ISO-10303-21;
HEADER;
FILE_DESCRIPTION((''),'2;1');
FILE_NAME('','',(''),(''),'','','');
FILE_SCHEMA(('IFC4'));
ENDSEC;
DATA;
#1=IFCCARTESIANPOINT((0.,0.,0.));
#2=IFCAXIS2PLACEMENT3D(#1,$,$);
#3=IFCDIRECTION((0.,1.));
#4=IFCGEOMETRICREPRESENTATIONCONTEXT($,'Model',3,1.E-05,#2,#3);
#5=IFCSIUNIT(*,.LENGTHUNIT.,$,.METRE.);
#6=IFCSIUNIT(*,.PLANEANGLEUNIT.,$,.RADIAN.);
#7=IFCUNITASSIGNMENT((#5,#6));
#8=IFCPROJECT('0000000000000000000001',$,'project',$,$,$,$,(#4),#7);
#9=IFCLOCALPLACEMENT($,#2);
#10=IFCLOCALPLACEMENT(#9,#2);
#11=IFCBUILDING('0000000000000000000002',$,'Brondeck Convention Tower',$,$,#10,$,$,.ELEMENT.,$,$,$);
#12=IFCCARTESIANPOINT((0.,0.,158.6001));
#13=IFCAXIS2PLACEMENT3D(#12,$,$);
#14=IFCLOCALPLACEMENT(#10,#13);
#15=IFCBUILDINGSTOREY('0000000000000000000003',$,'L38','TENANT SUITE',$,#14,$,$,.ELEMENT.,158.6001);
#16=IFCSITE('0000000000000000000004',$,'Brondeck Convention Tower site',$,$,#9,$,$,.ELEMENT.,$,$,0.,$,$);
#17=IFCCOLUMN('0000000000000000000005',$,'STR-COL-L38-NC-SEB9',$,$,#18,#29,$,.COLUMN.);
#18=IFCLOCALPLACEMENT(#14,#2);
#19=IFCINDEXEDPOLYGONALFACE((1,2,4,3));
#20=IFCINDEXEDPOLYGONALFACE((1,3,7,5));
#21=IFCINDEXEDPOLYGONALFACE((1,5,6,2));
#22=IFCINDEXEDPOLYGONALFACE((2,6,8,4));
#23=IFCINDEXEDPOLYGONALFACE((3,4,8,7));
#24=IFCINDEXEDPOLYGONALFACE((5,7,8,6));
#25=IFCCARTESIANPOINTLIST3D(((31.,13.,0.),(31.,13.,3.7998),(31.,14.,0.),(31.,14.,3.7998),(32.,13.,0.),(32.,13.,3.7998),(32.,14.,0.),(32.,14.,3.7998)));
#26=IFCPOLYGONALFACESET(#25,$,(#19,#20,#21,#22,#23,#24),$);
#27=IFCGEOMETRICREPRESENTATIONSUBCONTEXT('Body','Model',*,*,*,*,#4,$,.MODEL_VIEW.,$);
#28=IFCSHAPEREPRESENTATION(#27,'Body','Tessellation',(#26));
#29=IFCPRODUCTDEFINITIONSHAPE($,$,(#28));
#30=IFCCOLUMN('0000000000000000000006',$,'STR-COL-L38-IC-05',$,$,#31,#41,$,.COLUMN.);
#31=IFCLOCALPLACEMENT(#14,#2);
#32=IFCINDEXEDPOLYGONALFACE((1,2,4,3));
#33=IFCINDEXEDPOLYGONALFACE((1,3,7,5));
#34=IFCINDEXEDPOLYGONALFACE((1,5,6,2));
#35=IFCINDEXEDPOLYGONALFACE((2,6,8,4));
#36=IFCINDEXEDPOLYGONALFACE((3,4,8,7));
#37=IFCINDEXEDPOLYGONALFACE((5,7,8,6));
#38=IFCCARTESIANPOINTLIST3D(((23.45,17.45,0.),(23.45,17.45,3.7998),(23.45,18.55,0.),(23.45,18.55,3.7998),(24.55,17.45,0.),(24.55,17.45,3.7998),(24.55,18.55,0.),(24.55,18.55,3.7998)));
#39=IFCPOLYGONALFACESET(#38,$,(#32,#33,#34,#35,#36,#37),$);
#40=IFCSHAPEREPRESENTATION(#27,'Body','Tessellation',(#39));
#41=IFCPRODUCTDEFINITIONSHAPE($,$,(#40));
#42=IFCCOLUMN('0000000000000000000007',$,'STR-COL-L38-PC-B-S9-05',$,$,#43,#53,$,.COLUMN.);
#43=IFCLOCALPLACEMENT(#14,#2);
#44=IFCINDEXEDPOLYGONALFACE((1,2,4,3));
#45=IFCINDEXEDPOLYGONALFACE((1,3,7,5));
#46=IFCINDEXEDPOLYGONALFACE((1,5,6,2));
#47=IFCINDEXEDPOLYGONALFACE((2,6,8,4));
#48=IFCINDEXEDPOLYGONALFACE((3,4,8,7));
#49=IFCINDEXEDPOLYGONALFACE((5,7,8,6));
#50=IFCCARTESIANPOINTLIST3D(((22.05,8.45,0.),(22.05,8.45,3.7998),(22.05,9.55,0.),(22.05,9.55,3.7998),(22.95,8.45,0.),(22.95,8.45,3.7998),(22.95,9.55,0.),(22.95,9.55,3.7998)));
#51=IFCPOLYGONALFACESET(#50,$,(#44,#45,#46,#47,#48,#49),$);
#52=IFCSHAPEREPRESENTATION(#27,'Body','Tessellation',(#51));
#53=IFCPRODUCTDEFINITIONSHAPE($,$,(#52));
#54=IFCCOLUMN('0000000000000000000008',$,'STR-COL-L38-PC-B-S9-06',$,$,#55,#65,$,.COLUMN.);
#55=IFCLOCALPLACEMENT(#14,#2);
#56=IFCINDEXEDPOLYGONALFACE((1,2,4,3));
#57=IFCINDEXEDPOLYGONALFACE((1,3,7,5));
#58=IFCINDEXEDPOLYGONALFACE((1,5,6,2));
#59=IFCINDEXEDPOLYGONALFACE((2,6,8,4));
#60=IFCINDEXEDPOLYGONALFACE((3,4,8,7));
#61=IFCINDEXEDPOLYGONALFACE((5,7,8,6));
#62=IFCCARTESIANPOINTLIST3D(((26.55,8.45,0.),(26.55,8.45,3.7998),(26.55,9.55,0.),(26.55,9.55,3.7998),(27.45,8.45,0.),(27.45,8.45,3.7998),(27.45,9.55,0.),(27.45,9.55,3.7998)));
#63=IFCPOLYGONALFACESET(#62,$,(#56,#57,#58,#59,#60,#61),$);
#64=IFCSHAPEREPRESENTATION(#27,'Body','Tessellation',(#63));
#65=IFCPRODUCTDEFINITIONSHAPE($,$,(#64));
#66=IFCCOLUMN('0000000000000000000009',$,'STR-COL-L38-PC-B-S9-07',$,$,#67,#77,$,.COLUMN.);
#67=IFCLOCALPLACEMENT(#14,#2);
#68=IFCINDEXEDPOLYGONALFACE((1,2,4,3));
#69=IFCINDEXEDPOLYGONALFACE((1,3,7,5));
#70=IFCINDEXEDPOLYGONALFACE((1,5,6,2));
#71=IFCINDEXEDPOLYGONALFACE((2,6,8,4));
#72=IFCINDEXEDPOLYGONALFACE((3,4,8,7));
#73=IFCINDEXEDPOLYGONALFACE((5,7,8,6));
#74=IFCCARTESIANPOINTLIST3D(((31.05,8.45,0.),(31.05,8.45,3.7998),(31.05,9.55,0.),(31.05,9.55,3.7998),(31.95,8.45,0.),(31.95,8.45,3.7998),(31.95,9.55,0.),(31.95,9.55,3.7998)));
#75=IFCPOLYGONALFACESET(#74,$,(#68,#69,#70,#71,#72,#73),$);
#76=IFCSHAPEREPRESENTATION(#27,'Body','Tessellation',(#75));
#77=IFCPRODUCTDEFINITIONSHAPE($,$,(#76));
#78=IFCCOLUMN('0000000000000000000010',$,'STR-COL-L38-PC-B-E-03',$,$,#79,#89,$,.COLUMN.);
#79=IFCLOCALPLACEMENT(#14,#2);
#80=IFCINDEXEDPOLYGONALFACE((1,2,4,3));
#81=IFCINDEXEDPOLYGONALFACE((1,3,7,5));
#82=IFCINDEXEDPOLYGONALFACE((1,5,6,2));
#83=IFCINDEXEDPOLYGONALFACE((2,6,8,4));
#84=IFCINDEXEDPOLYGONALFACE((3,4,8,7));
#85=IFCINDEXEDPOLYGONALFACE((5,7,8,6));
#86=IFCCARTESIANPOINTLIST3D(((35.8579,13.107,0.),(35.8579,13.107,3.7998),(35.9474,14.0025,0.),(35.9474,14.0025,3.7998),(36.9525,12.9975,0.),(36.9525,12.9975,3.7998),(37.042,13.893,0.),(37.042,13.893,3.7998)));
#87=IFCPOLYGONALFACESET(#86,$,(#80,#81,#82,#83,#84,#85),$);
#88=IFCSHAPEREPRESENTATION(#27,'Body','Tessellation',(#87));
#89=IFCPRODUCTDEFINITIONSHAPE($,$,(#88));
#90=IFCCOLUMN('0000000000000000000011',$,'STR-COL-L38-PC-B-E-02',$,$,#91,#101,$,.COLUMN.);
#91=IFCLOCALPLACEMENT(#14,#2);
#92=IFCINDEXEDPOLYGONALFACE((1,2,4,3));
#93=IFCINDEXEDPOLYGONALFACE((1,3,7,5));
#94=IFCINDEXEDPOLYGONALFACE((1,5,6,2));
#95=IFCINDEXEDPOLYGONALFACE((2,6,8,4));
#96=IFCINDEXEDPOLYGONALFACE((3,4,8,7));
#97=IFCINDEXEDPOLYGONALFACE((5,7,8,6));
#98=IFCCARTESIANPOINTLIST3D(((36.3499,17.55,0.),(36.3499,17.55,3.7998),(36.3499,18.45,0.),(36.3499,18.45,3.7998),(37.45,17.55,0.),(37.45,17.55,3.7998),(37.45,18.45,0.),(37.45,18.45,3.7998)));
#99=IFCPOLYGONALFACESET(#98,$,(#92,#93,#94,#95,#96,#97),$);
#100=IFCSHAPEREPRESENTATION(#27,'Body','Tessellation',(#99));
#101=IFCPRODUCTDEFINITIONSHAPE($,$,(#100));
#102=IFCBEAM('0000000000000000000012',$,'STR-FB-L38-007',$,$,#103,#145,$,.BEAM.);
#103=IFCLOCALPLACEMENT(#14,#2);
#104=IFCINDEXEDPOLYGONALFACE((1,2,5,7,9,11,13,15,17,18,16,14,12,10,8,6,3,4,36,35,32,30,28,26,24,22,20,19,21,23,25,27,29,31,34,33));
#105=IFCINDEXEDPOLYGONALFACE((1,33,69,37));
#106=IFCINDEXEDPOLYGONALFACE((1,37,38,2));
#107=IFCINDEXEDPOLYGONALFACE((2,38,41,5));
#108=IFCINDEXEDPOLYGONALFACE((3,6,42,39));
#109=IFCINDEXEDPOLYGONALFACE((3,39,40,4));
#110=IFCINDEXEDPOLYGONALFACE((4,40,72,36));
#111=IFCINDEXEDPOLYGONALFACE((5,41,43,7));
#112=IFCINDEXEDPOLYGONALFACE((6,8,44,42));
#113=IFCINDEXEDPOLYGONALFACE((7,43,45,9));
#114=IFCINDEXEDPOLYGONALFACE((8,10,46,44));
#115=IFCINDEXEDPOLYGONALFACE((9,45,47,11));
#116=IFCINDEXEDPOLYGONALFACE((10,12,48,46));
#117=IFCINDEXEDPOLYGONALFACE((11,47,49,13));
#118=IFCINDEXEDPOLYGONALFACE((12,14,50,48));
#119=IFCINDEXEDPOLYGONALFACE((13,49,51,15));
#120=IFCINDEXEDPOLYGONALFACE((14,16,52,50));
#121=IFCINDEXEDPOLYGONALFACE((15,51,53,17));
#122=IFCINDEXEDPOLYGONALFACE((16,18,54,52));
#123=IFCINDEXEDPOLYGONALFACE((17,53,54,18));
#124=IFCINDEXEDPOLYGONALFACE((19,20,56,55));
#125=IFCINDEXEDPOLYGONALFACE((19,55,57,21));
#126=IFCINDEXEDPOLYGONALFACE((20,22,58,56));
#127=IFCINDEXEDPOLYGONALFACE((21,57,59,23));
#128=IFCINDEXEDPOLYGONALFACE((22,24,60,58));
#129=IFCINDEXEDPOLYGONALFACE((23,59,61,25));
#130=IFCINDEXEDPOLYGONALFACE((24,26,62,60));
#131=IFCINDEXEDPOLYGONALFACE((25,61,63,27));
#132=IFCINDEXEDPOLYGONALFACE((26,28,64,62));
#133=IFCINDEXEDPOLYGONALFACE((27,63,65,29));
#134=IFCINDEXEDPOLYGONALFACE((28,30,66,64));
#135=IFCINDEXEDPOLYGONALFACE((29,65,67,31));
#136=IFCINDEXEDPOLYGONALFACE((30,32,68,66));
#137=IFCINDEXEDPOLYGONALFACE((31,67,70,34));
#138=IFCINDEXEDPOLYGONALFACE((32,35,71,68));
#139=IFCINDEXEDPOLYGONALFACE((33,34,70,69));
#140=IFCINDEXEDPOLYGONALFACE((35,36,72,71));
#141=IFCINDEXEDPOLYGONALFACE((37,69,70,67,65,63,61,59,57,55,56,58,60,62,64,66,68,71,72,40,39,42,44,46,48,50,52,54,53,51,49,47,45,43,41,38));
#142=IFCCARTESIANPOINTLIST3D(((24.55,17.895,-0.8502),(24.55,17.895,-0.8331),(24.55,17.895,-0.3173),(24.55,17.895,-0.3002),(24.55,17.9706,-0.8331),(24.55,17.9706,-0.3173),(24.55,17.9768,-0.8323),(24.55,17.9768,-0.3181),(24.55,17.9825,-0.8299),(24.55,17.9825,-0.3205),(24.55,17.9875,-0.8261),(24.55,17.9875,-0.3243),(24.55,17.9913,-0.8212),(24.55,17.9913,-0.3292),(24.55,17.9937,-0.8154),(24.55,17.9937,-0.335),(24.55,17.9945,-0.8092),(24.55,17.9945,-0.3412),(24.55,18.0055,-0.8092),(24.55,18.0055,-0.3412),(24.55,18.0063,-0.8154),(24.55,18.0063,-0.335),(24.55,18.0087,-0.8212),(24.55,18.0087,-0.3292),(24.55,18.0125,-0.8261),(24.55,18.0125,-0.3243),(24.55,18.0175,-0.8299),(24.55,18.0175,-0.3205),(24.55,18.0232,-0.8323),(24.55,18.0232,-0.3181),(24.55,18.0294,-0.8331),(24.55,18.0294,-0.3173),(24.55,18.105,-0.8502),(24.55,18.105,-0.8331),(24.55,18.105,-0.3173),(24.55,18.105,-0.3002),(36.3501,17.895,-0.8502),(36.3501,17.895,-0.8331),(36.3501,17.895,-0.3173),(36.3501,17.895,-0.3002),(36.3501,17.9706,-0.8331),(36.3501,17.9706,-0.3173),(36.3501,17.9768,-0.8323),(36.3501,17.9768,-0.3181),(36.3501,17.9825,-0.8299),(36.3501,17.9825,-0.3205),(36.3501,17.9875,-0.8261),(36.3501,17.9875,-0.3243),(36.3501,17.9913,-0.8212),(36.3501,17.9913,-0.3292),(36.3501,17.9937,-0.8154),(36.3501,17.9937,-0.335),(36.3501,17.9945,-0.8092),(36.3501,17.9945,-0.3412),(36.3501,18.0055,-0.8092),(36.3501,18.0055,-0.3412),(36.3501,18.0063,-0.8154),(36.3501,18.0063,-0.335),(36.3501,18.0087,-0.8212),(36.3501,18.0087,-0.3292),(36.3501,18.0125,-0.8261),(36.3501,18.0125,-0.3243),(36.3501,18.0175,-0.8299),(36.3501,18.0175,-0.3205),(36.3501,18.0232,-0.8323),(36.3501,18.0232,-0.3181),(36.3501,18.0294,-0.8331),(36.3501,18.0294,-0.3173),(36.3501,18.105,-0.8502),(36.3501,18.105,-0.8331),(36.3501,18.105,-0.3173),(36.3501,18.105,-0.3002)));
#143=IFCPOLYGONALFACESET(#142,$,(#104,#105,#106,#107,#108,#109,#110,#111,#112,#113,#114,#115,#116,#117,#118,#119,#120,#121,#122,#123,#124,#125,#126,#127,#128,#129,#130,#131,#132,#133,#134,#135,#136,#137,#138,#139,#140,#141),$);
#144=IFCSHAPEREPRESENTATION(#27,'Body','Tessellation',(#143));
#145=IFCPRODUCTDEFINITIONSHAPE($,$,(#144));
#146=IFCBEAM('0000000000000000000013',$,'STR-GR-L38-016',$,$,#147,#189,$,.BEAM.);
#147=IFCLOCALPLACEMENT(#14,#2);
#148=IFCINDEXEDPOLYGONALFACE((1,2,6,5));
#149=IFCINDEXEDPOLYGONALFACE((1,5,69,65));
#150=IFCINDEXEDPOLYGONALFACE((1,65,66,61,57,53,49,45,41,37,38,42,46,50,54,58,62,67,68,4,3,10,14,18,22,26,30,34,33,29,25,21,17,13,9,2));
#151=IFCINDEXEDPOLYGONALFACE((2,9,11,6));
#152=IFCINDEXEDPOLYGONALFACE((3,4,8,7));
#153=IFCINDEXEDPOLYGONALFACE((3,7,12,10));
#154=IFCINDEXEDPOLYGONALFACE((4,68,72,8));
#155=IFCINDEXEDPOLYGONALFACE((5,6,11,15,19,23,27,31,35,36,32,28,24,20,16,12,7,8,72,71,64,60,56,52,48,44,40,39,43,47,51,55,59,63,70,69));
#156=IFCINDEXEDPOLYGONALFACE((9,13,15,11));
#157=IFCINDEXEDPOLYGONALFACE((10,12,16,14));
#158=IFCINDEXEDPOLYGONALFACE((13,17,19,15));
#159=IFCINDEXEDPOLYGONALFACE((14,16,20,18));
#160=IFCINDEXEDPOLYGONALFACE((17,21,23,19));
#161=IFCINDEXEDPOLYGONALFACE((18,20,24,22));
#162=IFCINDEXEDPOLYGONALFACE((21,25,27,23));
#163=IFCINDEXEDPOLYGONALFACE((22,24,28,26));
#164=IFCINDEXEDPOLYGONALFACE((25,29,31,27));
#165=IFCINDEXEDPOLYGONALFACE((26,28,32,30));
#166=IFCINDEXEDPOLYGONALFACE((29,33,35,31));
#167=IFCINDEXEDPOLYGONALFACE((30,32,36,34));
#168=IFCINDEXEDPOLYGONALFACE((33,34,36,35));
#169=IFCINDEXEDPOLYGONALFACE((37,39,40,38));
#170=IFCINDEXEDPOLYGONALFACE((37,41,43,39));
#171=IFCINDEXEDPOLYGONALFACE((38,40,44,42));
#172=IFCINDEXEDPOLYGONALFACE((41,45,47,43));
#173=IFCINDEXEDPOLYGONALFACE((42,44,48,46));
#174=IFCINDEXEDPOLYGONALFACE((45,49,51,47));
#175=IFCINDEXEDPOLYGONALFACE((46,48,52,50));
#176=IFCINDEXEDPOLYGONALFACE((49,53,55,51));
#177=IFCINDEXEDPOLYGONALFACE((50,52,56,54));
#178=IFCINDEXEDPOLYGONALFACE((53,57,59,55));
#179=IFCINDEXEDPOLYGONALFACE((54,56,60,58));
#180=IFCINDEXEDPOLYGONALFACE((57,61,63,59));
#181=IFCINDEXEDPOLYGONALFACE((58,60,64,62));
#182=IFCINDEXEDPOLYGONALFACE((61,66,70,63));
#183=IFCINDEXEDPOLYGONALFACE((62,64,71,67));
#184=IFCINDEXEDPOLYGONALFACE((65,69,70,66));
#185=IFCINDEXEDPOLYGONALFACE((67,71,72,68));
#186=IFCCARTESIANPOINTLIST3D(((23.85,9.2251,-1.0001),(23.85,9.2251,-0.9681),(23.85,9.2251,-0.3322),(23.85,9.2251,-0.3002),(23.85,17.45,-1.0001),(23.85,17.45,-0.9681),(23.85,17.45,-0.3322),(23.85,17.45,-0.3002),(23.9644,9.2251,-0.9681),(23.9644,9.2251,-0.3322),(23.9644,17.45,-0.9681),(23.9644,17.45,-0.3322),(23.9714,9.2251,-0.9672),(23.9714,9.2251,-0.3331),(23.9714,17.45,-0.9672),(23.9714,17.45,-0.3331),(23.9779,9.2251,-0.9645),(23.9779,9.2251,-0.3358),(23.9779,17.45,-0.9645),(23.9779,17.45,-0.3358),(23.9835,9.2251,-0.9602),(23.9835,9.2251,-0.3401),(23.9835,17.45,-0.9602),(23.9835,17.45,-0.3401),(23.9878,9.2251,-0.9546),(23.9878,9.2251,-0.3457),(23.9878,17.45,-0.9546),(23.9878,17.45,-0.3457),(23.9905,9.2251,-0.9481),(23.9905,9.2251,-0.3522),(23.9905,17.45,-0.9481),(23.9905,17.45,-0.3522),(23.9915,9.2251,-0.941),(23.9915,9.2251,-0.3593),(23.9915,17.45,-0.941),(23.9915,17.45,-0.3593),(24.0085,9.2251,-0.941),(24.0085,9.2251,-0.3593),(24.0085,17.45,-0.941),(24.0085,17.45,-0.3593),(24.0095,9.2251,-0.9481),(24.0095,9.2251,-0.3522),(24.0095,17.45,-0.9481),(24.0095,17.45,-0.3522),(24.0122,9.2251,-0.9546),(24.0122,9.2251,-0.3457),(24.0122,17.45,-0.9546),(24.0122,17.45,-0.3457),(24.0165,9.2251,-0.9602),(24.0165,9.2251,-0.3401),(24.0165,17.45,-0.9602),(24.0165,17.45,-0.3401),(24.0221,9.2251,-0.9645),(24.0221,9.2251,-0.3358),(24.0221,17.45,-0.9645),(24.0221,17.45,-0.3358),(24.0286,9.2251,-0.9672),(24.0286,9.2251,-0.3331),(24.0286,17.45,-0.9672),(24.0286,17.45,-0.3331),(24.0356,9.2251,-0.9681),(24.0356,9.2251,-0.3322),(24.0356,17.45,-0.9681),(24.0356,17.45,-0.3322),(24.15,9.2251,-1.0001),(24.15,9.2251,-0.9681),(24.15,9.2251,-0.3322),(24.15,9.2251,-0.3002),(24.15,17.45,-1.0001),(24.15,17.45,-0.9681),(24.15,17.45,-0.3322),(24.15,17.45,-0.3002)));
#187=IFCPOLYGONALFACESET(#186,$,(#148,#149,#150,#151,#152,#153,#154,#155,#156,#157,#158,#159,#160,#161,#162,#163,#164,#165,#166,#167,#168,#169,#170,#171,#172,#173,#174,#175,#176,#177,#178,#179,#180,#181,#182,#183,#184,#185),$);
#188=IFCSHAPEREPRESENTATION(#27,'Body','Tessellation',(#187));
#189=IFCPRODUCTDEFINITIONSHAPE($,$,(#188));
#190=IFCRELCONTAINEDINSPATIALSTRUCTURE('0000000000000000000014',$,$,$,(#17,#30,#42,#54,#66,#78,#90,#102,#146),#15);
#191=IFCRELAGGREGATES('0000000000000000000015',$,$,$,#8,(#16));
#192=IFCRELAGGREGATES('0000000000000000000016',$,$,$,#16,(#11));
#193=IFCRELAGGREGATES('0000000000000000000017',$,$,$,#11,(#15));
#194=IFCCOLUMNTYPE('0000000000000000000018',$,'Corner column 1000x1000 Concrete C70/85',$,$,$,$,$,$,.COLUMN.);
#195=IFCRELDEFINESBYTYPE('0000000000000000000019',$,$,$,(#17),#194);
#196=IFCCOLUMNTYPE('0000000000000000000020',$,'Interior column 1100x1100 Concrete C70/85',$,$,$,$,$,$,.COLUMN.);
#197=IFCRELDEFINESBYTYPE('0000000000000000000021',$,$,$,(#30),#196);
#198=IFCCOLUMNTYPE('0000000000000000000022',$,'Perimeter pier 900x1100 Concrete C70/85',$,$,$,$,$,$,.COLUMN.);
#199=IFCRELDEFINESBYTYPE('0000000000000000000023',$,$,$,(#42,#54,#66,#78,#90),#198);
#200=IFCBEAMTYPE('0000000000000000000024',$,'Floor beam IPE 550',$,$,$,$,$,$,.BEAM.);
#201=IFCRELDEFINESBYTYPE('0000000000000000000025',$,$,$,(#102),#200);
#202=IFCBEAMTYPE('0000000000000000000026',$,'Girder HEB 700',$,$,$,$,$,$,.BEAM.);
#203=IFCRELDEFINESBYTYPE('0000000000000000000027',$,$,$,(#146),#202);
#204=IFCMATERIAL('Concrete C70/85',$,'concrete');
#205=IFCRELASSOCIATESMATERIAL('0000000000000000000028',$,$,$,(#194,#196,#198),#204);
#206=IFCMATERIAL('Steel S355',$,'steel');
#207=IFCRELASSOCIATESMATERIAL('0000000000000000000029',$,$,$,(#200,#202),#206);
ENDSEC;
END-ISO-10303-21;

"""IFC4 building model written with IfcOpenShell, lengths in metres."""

from ifc_helpers import new_model, si_unit, direction, frame, origin, origin_2d, place, context, subcontext, project, spatial, rectangle, i_section, extrude, material, material_profile, profile_set, type_object, element, save


model = new_model("IFC4")

# Units and contexts
model_context = context("Model", 3, precision=1e-05, world=origin(), true_north=direction((0.0, 1.0)))
body_context = subcontext(model_context, "Body", "Model", "MODEL_VIEW")
ifc_project = project(units=[si_unit("LENGTHUNIT", "METRE"), si_unit("PLANEANGLEUNIT", "RADIAN")], contexts=[model_context])

# Site, building, storey
site_placement = place(None, origin())
site = spatial("IfcSite", under=ifc_project, at=site_placement, Name="Brondeck Convention Tower site", CompositionType="ELEMENT", RefElevation=0.0)
building_placement = place(site_placement, origin())
building = spatial("IfcBuilding", under=site, at=building_placement, Name="Brondeck Convention Tower", CompositionType="ELEMENT")
storey_placement = place(building_placement, frame((0.0, 0.0, 158.6001)))
storey = spatial("IfcBuildingStorey", under=building, at=storey_placement, Name="L38", Description="TENANT SUITE", CompositionType="ELEMENT", Elevation=158.6001)

# Columns
ifc_material_1 = material(Name="Concrete C70/85", Category="concrete")
ifc_material_profile_1 = material_profile(ifc_material_1, rectangle(XDim=1.0, YDim=1.0, at=origin_2d()), Name="Corner column 1000x1000 Concrete C70/85")
ifc_profile_set_1 = profile_set([ifc_material_profile_1], Name="Concrete C70/85")
column_type_1 = type_object("IfcColumnType", Name="Corner column 1000x1000 Concrete C70/85", PredefinedType="COLUMN", material=ifc_profile_set_1)
column_1_placement = place(storey_placement, frame((31.5, 13.5, 0.0), z_axis=(0.0, 0.0, 1.0), x_axis=(1.0, 0.0, 0.0)))
element("IfcColumn", 1, at=column_1_placement, inside=storey, type_object=column_type_1, Name="STR-COL-L38-NC-SEB9", PredefinedType="COLUMN", context=body_context, shape_type="SweptSolid", body=[
    extrude(rectangle(XDim=1.0, YDim=1.0, at=origin_2d()), origin(), (0.0, 0.0, 1.0), 3.7998),
])
ifc_material_profile_2 = material_profile(ifc_material_1, rectangle(XDim=1.1001, YDim=1.1001, at=origin_2d()), Name="Interior column 1100x1100 Concrete C70/85")
ifc_profile_set_2 = profile_set([ifc_material_profile_2], Name="Concrete C70/85")
column_type_2 = type_object("IfcColumnType", Name="Interior column 1100x1100 Concrete C70/85", PredefinedType="COLUMN", material=ifc_profile_set_2)
column_2_placement = place(storey_placement, frame((24.0, 18.0, 0.0), z_axis=(0.0, 0.0, 1.0), x_axis=(1.0, 0.0, 0.0)))
element("IfcColumn", 2, at=column_2_placement, inside=storey, type_object=column_type_2, Name="STR-COL-L38-IC-05", PredefinedType="COLUMN", context=body_context, shape_type="SweptSolid", body=[
    extrude(rectangle(XDim=1.1001, YDim=1.1001, at=origin_2d()), origin(), (0.0, 0.0, 1.0), 3.7998),
])
ifc_material_profile_3 = material_profile(ifc_material_1, rectangle(XDim=0.8999, YDim=1.1001, at=origin_2d()), Name="Perimeter pier 900x1100 Concrete C70/85")
ifc_profile_set_3 = profile_set([ifc_material_profile_3], Name="Concrete C70/85")
column_type_3 = type_object("IfcColumnType", Name="Perimeter pier 900x1100 Concrete C70/85", PredefinedType="COLUMN", material=ifc_profile_set_3)
for number, where, z_axis, x_axis, name in (
    (3, (22.5, 9.0, 0.0), (0.0, 0.0, 1.0), (1.0, 0.0, 0.0), "STR-COL-L38-PC-B-S9-05"),
    (4, (27.0, 9.0, 0.0), (0.0, 0.0, 1.0), (1.0, 0.0, 0.0), "STR-COL-L38-PC-B-S9-06"),
    (5, (31.5, 9.0, 0.0), (0.0, 0.0, 1.0), (1.0, 0.0, 0.0), "STR-COL-L38-PC-B-S9-07"),
    (6, (36.45, 13.5, 0.0), (0.0, 0.0, 1.0), (0.099504, 0.995037, 0.0), "STR-COL-L38-PC-B-E-03"),
    (7, (36.8999, 18.0, 0.0), (0.0, 0.0, 1.0), (0.0, 1.0, 0.0), "STR-COL-L38-PC-B-E-02"),
):
    element("IfcColumn", number, at=place(storey_placement, frame(where, z_axis=z_axis, x_axis=x_axis)), inside=storey, type_object=column_type_3, Name=name, PredefinedType="COLUMN", context=body_context, shape_type="SweptSolid", body=[
        extrude(rectangle(XDim=0.8999, YDim=1.1001, at=origin_2d()), origin(), (0.0, 0.0, 1.0), 3.7998),
    ])

# Beams
ifc_material_2 = material(Name="Steel S355", Category="steel")
ifc_material_profile_4 = material_profile(ifc_material_2, i_section(OverallWidth=0.21, OverallDepth=0.55, WebThickness=0.011, FlangeThickness=0.0171, FilletRadius=0.0239, at=origin_2d()), Name="IPE 550")
ifc_profile_set_4 = profile_set([ifc_material_profile_4], Name="Steel S355")
beam_type_1 = type_object("IfcBeamType", Name="Floor beam IPE 550", PredefinedType="BEAM", material=ifc_profile_set_4)
beam_1_placement = place(storey_placement, frame((24.55, 18.0, -0.5752), z_axis=(1.0, 0.0, 0.0), x_axis=(0.0, 1.0, 0.0)))
element("IfcBeam", 8, at=beam_1_placement, inside=storey, type_object=beam_type_1, Name="STR-FB-L38-007", PredefinedType="BEAM", context=body_context, shape_type="SweptSolid", body=[
    extrude(i_section(OverallWidth=0.21, OverallDepth=0.55, WebThickness=0.011, FlangeThickness=0.0171, FilletRadius=0.0239, at=origin_2d()), origin(), (0.0, 0.0, 1.0), 11.8),
])
ifc_material_profile_5 = material_profile(ifc_material_2, i_section(OverallWidth=0.3, OverallDepth=0.7, WebThickness=0.0171, FlangeThickness=0.032, FilletRadius=0.0271, at=origin_2d()), Name="HEB 700")
ifc_profile_set_5 = profile_set([ifc_material_profile_5], Name="Steel S355")
beam_type_2 = type_object("IfcBeamType", Name="Girder HEB 700", PredefinedType="BEAM", material=ifc_profile_set_5)
beam_2_placement = place(storey_placement, frame((24.0, 17.45, -0.6501), z_axis=(0.0, -1.0, 0.0), x_axis=(1.0, 0.0, 0.0)))
element("IfcBeam", 9, at=beam_2_placement, inside=storey, type_object=beam_type_2, Name="STR-GR-L38-016", PredefinedType="BEAM", context=body_context, shape_type="SweptSolid", body=[
    extrude(i_section(OverallWidth=0.3, OverallDepth=0.7, WebThickness=0.0171, FlangeThickness=0.032, FilletRadius=0.0271, at=origin_2d()), origin(), (0.0, 0.0, 1.0), 8.2249),
])

save(model, "model.ifc")
